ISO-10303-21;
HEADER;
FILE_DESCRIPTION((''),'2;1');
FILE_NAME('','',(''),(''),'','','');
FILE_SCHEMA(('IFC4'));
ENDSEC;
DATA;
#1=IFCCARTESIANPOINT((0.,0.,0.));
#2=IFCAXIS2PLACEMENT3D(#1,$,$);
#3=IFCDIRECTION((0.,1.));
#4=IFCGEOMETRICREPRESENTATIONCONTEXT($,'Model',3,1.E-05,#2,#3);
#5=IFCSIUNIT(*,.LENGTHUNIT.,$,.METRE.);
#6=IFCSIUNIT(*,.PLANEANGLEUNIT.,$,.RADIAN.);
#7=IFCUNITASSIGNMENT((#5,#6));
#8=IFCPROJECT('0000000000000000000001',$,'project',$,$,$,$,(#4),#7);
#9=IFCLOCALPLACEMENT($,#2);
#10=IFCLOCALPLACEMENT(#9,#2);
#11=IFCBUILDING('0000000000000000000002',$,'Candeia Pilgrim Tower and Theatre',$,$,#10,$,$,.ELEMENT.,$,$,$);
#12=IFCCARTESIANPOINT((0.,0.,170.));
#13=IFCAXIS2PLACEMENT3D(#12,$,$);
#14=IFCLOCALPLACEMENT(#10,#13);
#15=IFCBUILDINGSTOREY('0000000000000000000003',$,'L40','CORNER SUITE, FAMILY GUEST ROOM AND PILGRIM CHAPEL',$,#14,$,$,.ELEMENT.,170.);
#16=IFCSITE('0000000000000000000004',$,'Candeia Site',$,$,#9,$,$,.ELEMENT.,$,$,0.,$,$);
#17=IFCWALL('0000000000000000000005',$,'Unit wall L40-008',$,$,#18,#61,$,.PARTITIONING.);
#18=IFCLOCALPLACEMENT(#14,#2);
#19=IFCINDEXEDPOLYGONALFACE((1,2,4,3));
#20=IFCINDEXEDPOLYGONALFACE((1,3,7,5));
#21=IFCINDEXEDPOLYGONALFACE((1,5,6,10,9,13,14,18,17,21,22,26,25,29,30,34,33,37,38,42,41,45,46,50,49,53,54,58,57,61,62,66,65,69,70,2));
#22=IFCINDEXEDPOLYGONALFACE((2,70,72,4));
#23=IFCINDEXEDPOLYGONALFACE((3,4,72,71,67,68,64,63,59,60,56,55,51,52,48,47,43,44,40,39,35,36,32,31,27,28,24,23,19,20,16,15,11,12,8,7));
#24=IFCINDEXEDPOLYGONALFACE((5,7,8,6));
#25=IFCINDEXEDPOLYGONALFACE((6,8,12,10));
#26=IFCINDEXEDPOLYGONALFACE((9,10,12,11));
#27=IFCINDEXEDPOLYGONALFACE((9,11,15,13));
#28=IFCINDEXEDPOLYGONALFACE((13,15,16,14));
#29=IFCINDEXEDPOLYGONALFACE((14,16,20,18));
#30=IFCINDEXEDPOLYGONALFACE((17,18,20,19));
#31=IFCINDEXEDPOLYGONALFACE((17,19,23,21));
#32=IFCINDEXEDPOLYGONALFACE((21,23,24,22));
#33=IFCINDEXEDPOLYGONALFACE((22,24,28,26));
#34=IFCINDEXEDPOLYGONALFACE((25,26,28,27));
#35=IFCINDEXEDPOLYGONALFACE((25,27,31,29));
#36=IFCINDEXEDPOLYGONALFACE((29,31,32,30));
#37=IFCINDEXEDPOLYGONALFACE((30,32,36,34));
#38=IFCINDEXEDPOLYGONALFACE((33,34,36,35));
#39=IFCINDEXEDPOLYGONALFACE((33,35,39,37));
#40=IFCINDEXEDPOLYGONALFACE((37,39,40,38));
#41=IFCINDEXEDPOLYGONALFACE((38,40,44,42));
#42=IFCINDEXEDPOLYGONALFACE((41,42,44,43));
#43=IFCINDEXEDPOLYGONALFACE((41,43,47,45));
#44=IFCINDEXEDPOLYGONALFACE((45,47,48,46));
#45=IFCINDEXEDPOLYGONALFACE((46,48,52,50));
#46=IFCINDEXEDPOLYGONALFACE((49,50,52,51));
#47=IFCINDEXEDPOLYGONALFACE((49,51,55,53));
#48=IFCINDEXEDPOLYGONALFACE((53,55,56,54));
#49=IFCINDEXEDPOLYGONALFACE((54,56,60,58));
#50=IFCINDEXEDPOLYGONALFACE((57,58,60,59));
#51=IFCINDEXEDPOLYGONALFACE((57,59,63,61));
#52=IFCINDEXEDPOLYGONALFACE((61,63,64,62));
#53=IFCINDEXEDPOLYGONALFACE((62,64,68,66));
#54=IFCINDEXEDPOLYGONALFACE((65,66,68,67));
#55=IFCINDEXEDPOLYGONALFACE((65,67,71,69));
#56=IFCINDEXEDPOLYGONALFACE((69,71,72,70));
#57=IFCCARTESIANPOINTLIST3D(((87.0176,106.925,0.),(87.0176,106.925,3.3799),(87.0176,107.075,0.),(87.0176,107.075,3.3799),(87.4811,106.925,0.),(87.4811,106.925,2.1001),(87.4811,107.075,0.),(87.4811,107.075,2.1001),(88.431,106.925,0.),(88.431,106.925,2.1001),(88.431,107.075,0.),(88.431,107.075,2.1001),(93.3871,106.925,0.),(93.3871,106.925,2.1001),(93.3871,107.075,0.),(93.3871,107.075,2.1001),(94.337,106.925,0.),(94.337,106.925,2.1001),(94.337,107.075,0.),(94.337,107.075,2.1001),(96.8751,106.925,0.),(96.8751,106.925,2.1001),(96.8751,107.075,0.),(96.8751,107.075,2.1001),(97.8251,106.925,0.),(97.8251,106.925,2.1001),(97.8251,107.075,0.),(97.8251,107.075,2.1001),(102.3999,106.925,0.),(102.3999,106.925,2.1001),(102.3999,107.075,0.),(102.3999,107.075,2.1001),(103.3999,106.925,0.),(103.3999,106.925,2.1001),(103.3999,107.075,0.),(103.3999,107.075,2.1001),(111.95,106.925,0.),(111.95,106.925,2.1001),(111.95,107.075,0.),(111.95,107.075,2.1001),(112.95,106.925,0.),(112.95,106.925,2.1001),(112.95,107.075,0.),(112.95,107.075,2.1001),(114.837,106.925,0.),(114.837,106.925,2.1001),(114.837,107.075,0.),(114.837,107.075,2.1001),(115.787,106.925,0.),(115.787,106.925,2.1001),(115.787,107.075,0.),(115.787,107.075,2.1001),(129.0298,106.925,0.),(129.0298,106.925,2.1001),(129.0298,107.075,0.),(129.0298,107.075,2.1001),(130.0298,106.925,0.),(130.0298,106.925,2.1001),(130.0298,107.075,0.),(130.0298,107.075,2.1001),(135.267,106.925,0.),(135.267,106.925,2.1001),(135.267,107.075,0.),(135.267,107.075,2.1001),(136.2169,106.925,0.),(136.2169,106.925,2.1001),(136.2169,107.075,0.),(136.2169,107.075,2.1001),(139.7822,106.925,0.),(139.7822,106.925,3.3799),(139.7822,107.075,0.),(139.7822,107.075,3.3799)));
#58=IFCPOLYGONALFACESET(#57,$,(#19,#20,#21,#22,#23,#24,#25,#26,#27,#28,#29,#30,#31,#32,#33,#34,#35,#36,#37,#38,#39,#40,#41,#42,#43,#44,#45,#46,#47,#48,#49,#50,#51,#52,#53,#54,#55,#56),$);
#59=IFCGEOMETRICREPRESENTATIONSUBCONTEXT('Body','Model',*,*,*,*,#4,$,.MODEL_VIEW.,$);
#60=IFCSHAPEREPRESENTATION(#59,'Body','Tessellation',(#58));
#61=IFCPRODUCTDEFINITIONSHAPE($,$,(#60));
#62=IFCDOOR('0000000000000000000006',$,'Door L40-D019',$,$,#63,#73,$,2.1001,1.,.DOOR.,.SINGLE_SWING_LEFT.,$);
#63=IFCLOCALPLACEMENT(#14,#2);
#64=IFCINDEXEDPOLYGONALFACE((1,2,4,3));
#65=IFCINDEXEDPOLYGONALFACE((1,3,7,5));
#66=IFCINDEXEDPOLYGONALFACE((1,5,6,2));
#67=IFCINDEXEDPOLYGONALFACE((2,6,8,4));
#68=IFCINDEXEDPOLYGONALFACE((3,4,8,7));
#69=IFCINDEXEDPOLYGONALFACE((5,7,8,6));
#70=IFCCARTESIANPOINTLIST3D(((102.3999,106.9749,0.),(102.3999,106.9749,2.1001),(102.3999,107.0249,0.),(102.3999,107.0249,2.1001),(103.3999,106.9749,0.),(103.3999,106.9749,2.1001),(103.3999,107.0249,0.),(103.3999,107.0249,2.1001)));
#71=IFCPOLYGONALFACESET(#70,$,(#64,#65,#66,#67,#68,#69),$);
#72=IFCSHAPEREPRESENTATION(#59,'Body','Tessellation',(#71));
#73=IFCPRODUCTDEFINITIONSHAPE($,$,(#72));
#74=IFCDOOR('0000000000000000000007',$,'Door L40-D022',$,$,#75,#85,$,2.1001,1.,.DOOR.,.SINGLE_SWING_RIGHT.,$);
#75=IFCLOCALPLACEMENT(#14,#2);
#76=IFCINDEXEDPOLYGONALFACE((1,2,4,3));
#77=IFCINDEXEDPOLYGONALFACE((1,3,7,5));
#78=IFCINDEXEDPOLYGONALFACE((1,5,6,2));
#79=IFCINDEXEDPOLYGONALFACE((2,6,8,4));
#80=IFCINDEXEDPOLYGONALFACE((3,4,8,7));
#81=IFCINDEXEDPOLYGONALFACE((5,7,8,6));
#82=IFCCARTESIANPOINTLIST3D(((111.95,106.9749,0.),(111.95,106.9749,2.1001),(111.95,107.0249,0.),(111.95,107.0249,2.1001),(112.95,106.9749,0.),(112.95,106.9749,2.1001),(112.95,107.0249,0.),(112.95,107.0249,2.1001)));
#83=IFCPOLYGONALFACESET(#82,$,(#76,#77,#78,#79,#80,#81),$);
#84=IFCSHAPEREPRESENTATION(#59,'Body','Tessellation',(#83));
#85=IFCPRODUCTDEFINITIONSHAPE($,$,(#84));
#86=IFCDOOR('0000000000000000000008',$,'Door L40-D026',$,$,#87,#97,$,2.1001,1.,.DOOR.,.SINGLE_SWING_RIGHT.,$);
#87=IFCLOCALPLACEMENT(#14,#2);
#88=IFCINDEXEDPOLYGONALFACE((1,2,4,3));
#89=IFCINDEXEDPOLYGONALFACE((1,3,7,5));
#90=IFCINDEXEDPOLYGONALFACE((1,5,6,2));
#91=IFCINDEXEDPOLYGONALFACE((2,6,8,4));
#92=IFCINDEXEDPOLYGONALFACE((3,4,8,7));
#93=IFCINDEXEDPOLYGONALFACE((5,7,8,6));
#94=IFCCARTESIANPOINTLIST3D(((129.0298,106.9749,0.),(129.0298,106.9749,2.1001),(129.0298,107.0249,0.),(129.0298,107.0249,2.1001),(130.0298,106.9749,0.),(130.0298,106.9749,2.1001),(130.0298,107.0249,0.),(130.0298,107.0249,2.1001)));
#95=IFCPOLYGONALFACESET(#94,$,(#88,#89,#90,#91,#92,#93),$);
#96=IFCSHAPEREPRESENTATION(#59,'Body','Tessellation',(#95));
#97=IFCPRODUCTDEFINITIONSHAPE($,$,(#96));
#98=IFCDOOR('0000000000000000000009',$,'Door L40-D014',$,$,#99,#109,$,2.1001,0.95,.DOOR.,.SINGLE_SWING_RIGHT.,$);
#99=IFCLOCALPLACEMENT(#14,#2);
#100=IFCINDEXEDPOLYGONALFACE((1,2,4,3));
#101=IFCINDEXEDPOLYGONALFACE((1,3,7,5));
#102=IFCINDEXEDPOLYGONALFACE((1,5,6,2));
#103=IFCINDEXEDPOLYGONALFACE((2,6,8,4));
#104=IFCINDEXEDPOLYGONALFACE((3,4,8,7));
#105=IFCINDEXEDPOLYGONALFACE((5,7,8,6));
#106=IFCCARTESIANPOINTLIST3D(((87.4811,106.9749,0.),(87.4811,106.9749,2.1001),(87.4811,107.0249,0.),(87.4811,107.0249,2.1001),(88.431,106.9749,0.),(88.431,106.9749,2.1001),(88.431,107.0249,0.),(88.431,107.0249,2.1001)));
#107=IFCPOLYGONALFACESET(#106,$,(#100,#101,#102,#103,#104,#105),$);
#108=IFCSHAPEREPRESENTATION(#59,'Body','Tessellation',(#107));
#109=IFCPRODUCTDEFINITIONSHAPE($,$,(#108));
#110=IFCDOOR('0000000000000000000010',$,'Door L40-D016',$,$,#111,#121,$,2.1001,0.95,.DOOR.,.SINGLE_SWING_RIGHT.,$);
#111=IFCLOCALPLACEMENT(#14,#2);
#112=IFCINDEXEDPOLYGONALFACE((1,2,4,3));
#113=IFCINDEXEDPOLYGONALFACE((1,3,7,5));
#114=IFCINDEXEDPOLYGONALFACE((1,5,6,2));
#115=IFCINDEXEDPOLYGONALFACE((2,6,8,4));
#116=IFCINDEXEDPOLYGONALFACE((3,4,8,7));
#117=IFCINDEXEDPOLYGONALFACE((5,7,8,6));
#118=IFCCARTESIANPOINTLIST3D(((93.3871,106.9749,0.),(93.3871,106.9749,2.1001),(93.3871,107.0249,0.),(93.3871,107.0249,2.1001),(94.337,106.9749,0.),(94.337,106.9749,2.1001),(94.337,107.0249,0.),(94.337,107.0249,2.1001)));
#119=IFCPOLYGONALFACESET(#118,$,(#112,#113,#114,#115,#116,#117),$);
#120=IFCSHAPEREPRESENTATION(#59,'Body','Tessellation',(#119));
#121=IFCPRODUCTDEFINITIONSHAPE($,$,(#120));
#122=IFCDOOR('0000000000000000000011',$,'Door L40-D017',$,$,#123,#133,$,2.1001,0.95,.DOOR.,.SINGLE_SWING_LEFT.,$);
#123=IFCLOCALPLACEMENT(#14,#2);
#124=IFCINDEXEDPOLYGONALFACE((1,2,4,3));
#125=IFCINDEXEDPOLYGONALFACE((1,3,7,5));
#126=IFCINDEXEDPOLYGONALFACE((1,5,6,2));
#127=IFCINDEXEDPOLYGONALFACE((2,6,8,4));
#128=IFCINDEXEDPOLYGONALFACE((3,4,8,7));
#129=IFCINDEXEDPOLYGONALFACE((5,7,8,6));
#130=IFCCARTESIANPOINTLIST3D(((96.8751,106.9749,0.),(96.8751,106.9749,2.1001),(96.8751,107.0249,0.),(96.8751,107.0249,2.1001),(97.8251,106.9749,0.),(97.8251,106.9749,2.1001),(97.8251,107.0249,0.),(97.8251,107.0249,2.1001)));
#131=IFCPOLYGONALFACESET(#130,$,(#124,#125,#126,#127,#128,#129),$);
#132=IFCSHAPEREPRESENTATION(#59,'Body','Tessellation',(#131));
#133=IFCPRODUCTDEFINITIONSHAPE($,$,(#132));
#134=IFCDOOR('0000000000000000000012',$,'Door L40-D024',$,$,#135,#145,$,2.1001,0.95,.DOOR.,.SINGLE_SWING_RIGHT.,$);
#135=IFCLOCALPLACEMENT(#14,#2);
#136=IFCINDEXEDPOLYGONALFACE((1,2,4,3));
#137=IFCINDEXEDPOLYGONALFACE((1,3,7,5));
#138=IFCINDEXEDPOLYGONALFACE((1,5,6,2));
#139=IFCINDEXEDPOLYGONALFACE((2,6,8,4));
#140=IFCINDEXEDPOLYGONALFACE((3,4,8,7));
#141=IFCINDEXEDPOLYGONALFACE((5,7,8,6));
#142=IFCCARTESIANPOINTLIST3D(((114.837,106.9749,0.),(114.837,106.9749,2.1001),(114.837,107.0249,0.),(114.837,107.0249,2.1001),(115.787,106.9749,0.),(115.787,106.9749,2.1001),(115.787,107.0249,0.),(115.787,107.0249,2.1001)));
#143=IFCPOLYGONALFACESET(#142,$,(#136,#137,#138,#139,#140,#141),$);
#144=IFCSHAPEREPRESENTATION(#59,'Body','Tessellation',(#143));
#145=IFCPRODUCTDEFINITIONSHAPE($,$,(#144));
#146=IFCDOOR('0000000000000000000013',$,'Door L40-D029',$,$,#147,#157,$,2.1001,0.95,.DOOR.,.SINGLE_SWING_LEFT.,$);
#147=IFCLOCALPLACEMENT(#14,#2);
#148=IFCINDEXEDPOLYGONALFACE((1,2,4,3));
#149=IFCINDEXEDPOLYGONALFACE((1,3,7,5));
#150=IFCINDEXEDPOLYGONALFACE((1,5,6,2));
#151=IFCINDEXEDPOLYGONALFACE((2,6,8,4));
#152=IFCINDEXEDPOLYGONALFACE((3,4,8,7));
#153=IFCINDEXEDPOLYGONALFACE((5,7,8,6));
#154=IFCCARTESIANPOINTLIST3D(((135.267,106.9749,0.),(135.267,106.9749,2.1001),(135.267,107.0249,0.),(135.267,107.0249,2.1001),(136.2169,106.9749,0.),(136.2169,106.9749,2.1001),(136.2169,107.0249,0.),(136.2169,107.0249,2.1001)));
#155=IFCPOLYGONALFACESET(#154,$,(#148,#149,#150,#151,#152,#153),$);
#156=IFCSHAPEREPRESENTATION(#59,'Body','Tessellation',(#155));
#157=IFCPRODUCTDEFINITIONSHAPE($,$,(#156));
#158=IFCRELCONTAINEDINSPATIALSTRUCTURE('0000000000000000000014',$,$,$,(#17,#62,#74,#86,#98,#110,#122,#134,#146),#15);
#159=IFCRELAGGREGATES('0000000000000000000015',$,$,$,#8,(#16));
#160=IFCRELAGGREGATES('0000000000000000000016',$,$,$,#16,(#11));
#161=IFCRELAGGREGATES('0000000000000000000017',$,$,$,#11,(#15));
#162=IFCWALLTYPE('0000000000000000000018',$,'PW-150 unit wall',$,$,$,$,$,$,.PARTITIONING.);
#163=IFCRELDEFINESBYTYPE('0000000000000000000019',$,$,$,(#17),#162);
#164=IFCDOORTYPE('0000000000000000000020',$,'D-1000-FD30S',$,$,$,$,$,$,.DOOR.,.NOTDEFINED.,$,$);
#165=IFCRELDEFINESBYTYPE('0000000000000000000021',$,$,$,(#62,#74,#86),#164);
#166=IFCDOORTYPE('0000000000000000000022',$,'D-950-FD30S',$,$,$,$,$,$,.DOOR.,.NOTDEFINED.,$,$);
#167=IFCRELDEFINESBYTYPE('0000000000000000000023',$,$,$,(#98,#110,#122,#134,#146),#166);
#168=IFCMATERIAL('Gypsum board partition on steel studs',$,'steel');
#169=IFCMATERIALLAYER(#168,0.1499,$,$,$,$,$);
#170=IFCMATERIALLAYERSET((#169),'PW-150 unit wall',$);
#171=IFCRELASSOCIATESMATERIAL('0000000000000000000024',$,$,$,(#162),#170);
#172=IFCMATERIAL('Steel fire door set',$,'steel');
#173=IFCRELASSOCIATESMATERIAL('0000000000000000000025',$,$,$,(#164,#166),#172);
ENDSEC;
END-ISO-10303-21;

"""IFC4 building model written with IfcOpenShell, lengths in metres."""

from ifc_helpers import new_model, si_unit, direction, frame, frame_2d, origin, place, context, subcontext, project, spatial, rectangle, extrude, material, layer, layer_set, type_object, element, fill, save


model = new_model("IFC4")

# Units and contexts
model_context = context("Model", 3, precision=1e-05, world=origin(), true_north=direction((0.0, 1.0)))
body_context = subcontext(model_context, "Body", "Model", "MODEL_VIEW")
ifc_project = project(units=[si_unit("LENGTHUNIT", "METRE"), si_unit("PLANEANGLEUNIT", "RADIAN")], contexts=[model_context])

# Site, building, storey
site_placement = place(None, origin())
site = spatial("IfcSite", under=ifc_project, at=site_placement, Name="Candeia Site", CompositionType="ELEMENT", RefElevation=0.0)
building_placement = place(site_placement, origin())
building = spatial("IfcBuilding", under=site, at=building_placement, Name="Candeia Pilgrim Tower and Theatre", CompositionType="ELEMENT")
storey_placement = place(building_placement, frame((0.0, 0.0, 170.0)))
storey = spatial("IfcBuildingStorey", under=building, at=storey_placement, Name="L40", Description="CORNER SUITE, FAMILY GUEST ROOM AND PILGRIM CHAPEL", CompositionType="ELEMENT", Elevation=170.0)

# Shared definitions
ifc_material_1 = material(Name="Gypsum board partition on steel studs", Category="steel")

# Wall, openings, doors
ifc_layer_1 = layer(ifc_material_1, 0.1499)
ifc_layer_set_1 = layer_set([ifc_layer_1], Name="PW-150 unit wall")
wall_type_1 = type_object("IfcWallType", Name="PW-150 unit wall", PredefinedType="PARTITIONING", material=ifc_layer_set_1)
wall_1_placement = place(storey_placement, frame((87.0176, 107.0, 0.0), z_axis=(0.0, 0.0, 1.0), x_axis=(1.0, 0.0, 0.0)))
wall_1 = element("IfcWall", 1, at=wall_1_placement, inside=storey, type_object=wall_type_1, Name="Unit wall L40-008", PredefinedType="PARTITIONING", context=body_context, shape_type="SweptSolid", body=[
    extrude(rectangle(XDim=52.7646, YDim=0.1499, at=frame_2d((26.3823, 0.0))), origin(), (0.0, 0.0, 1.0), 3.3799),
])
opening_1_placement = place(wall_1_placement, frame((0.4634, 0.0, 0.0)))
opening_1 = element("IfcOpeningElement", 2, at=opening_1_placement, cuts=wall_1, PredefinedType="OPENING", context=body_context, shape_type="SweptSolid", body=[
    extrude(rectangle(XDim=0.95, YDim=2.1001, at=frame_2d((0.4751, 1.05))), frame((0.0, 0.085, 0.0), z_axis=(0.0, -1.0, 0.0), x_axis=(1.0, 0.0, 0.0)), (0.0, 0.0, 1.0), 0.1699),
])
opening_2_placement = place(wall_1_placement, frame((6.3694, 0.0, 0.0)))
opening_2 = element("IfcOpeningElement", 3, at=opening_2_placement, cuts=wall_1, PredefinedType="OPENING", context=body_context, shape_type="SweptSolid", body=[
    extrude(rectangle(XDim=0.95, YDim=2.1001, at=frame_2d((0.4751, 1.05))), frame((0.0, 0.085, 0.0), z_axis=(0.0, -1.0, 0.0), x_axis=(1.0, 0.0, 0.0)), (0.0, 0.0, 1.0), 0.1699),
])
opening_3_placement = place(wall_1_placement, frame((9.8574, 0.0, 0.0)))
opening_3 = element("IfcOpeningElement", 4, at=opening_3_placement, cuts=wall_1, PredefinedType="OPENING", context=body_context, shape_type="SweptSolid", body=[
    extrude(rectangle(XDim=0.95, YDim=2.1001, at=frame_2d((0.4751, 1.05))), frame((0.0, 0.085, 0.0), z_axis=(0.0, -1.0, 0.0), x_axis=(1.0, 0.0, 0.0)), (0.0, 0.0, 1.0), 0.1699),
])
opening_4_placement = place(wall_1_placement, frame((15.3823, 0.0, 0.0)))
opening_4 = element("IfcOpeningElement", 5, at=opening_4_placement, cuts=wall_1, PredefinedType="OPENING", context=body_context, shape_type="SweptSolid", body=[
    extrude(rectangle(XDim=1.0, YDim=2.1001, at=frame_2d((0.5, 1.05))), frame((0.0, 0.085, 0.0), z_axis=(0.0, -1.0, 0.0), x_axis=(1.0, 0.0, 0.0)), (0.0, 0.0, 1.0), 0.1699),
])
opening_5_placement = place(wall_1_placement, frame((24.9324, 0.0, 0.0)))
opening_5 = element("IfcOpeningElement", 6, at=opening_5_placement, cuts=wall_1, PredefinedType="OPENING", context=body_context, shape_type="SweptSolid", body=[
    extrude(rectangle(XDim=1.0, YDim=2.1001, at=frame_2d((0.5, 1.05))), frame((0.0, 0.085, 0.0), z_axis=(0.0, -1.0, 0.0), x_axis=(1.0, 0.0, 0.0)), (0.0, 0.0, 1.0), 0.1699),
])
opening_6_placement = place(wall_1_placement, frame((27.8193, 0.0, 0.0)))
opening_6 = element("IfcOpeningElement", 7, at=opening_6_placement, cuts=wall_1, PredefinedType="OPENING", context=body_context, shape_type="SweptSolid", body=[
    extrude(rectangle(XDim=0.95, YDim=2.1001, at=frame_2d((0.4751, 1.05))), frame((0.0, 0.085, 0.0), z_axis=(0.0, -1.0, 0.0), x_axis=(1.0, 0.0, 0.0)), (0.0, 0.0, 1.0), 0.1699),
])
opening_7_placement = place(wall_1_placement, frame((42.0122, 0.0, 0.0)))
opening_7 = element("IfcOpeningElement", 8, at=opening_7_placement, cuts=wall_1, PredefinedType="OPENING", context=body_context, shape_type="SweptSolid", body=[
    extrude(rectangle(XDim=1.0, YDim=2.1001, at=frame_2d((0.5, 1.05))), frame((0.0, 0.085, 0.0), z_axis=(0.0, -1.0, 0.0), x_axis=(1.0, 0.0, 0.0)), (0.0, 0.0, 1.0), 0.1699),
])
opening_8_placement = place(wall_1_placement, frame((48.2493, 0.0, 0.0)))
opening_8 = element("IfcOpeningElement", 9, at=opening_8_placement, cuts=wall_1, PredefinedType="OPENING", context=body_context, shape_type="SweptSolid", body=[
    extrude(rectangle(XDim=0.95, YDim=2.1001, at=frame_2d((0.4751, 1.05))), frame((0.0, 0.085, 0.0), z_axis=(0.0, -1.0, 0.0), x_axis=(1.0, 0.0, 0.0)), (0.0, 0.0, 1.0), 0.1699),
])
ifc_material_2 = material(Name="Steel fire door set", Category="steel")
door_type_1 = type_object("IfcDoorType", Name="D-1000-FD30S", OperationType="NOTDEFINED", PredefinedType="DOOR", material=ifc_material_2)
door_1_placement = place(opening_4_placement, origin())
door_1 = element("IfcDoor", 10, at=door_1_placement, inside=storey, type_object=door_type_1, Name="Door L40-D019", OperationType="SINGLE_SWING_LEFT", OverallHeight=2.1001, OverallWidth=1.0, PredefinedType="DOOR", context=body_context, shape_type="SweptSolid", body=[
    extrude(rectangle(XDim=1.0, YDim=2.1001, at=frame_2d((0.5, 1.05))), frame((0.0, 0.0249, 0.0), z_axis=(0.0, -1.0, 0.0), x_axis=(1.0, 0.0, 0.0)), (0.0, 0.0, 1.0), 0.05),
])
fill(opening_4, door_1)
door_2_placement = place(opening_5_placement, origin())
door_2 = element("IfcDoor", 11, at=door_2_placement, inside=storey, type_object=door_type_1, Name="Door L40-D022", OperationType="SINGLE_SWING_RIGHT", OverallHeight=2.1001, OverallWidth=1.0, PredefinedType="DOOR", context=body_context, shape_type="SweptSolid", body=[
    extrude(rectangle(XDim=1.0, YDim=2.1001, at=frame_2d((0.5, 1.05))), frame((0.0, 0.0249, 0.0), z_axis=(0.0, -1.0, 0.0), x_axis=(1.0, 0.0, 0.0)), (0.0, 0.0, 1.0), 0.05),
])
fill(opening_5, door_2)
door_3_placement = place(opening_7_placement, origin())
door_3 = element("IfcDoor", 12, at=door_3_placement, inside=storey, type_object=door_type_1, Name="Door L40-D026", OperationType="SINGLE_SWING_RIGHT", OverallHeight=2.1001, OverallWidth=1.0, PredefinedType="DOOR", context=body_context, shape_type="SweptSolid", body=[
    extrude(rectangle(XDim=1.0, YDim=2.1001, at=frame_2d((0.5, 1.05))), frame((0.0, 0.0249, 0.0), z_axis=(0.0, -1.0, 0.0), x_axis=(1.0, 0.0, 0.0)), (0.0, 0.0, 1.0), 0.05),
])
fill(opening_7, door_3)
door_type_2 = type_object("IfcDoorType", Name="D-950-FD30S", OperationType="NOTDEFINED", PredefinedType="DOOR", material=ifc_material_2)
door_4_placement = place(opening_1_placement, origin())
door_4 = element("IfcDoor", 13, at=door_4_placement, inside=storey, type_object=door_type_2, Name="Door L40-D014", OperationType="SINGLE_SWING_RIGHT", OverallHeight=2.1001, OverallWidth=0.95, PredefinedType="DOOR", context=body_context, shape_type="SweptSolid", body=[
    extrude(rectangle(XDim=0.95, YDim=2.1001, at=frame_2d((0.4751, 1.05))), frame((0.0, 0.0249, 0.0), z_axis=(0.0, -1.0, 0.0), x_axis=(1.0, 0.0, 0.0)), (0.0, 0.0, 1.0), 0.05),
])
fill(opening_1, door_4)
door_5_placement = place(opening_2_placement, origin())
door_5 = element("IfcDoor", 14, at=door_5_placement, inside=storey, type_object=door_type_2, Name="Door L40-D016", OperationType="SINGLE_SWING_RIGHT", OverallHeight=2.1001, OverallWidth=0.95, PredefinedType="DOOR", context=body_context, shape_type="SweptSolid", body=[
    extrude(rectangle(XDim=0.95, YDim=2.1001, at=frame_2d((0.4751, 1.05))), frame((0.0, 0.0249, 0.0), z_axis=(0.0, -1.0, 0.0), x_axis=(1.0, 0.0, 0.0)), (0.0, 0.0, 1.0), 0.05),
])
fill(opening_2, door_5)
door_6_placement = place(opening_3_placement, origin())
door_6 = element("IfcDoor", 15, at=door_6_placement, inside=storey, type_object=door_type_2, Name="Door L40-D017", OperationType="SINGLE_SWING_LEFT", OverallHeight=2.1001, OverallWidth=0.95, PredefinedType="DOOR", context=body_context, shape_type="SweptSolid", body=[
    extrude(rectangle(XDim=0.95, YDim=2.1001, at=frame_2d((0.4751, 1.05))), frame((0.0, 0.0249, 0.0), z_axis=(0.0, -1.0, 0.0), x_axis=(1.0, 0.0, 0.0)), (0.0, 0.0, 1.0), 0.05),
])
fill(opening_3, door_6)
door_7_placement = place(opening_6_placement, origin())
door_7 = element("IfcDoor", 16, at=door_7_placement, inside=storey, type_object=door_type_2, Name="Door L40-D024", OperationType="SINGLE_SWING_RIGHT", OverallHeight=2.1001, OverallWidth=0.95, PredefinedType="DOOR", context=body_context, shape_type="SweptSolid", body=[
    extrude(rectangle(XDim=0.95, YDim=2.1001, at=frame_2d((0.4751, 1.05))), frame((0.0, 0.0249, 0.0), z_axis=(0.0, -1.0, 0.0), x_axis=(1.0, 0.0, 0.0)), (0.0, 0.0, 1.0), 0.05),
])
fill(opening_6, door_7)
door_8_placement = place(opening_8_placement, origin())
door_8 = element("IfcDoor", 17, at=door_8_placement, inside=storey, type_object=door_type_2, Name="Door L40-D029", OperationType="SINGLE_SWING_LEFT", OverallHeight=2.1001, OverallWidth=0.95, PredefinedType="DOOR", context=body_context, shape_type="SweptSolid", body=[
    extrude(rectangle(XDim=0.95, YDim=2.1001, at=frame_2d((0.4751, 1.05))), frame((0.0, 0.0249, 0.0), z_axis=(0.0, -1.0, 0.0), x_axis=(1.0, 0.0, 0.0)), (0.0, 0.0, 1.0), 0.05),
])
fill(opening_8, door_8)

save(model, "model.ifc")
